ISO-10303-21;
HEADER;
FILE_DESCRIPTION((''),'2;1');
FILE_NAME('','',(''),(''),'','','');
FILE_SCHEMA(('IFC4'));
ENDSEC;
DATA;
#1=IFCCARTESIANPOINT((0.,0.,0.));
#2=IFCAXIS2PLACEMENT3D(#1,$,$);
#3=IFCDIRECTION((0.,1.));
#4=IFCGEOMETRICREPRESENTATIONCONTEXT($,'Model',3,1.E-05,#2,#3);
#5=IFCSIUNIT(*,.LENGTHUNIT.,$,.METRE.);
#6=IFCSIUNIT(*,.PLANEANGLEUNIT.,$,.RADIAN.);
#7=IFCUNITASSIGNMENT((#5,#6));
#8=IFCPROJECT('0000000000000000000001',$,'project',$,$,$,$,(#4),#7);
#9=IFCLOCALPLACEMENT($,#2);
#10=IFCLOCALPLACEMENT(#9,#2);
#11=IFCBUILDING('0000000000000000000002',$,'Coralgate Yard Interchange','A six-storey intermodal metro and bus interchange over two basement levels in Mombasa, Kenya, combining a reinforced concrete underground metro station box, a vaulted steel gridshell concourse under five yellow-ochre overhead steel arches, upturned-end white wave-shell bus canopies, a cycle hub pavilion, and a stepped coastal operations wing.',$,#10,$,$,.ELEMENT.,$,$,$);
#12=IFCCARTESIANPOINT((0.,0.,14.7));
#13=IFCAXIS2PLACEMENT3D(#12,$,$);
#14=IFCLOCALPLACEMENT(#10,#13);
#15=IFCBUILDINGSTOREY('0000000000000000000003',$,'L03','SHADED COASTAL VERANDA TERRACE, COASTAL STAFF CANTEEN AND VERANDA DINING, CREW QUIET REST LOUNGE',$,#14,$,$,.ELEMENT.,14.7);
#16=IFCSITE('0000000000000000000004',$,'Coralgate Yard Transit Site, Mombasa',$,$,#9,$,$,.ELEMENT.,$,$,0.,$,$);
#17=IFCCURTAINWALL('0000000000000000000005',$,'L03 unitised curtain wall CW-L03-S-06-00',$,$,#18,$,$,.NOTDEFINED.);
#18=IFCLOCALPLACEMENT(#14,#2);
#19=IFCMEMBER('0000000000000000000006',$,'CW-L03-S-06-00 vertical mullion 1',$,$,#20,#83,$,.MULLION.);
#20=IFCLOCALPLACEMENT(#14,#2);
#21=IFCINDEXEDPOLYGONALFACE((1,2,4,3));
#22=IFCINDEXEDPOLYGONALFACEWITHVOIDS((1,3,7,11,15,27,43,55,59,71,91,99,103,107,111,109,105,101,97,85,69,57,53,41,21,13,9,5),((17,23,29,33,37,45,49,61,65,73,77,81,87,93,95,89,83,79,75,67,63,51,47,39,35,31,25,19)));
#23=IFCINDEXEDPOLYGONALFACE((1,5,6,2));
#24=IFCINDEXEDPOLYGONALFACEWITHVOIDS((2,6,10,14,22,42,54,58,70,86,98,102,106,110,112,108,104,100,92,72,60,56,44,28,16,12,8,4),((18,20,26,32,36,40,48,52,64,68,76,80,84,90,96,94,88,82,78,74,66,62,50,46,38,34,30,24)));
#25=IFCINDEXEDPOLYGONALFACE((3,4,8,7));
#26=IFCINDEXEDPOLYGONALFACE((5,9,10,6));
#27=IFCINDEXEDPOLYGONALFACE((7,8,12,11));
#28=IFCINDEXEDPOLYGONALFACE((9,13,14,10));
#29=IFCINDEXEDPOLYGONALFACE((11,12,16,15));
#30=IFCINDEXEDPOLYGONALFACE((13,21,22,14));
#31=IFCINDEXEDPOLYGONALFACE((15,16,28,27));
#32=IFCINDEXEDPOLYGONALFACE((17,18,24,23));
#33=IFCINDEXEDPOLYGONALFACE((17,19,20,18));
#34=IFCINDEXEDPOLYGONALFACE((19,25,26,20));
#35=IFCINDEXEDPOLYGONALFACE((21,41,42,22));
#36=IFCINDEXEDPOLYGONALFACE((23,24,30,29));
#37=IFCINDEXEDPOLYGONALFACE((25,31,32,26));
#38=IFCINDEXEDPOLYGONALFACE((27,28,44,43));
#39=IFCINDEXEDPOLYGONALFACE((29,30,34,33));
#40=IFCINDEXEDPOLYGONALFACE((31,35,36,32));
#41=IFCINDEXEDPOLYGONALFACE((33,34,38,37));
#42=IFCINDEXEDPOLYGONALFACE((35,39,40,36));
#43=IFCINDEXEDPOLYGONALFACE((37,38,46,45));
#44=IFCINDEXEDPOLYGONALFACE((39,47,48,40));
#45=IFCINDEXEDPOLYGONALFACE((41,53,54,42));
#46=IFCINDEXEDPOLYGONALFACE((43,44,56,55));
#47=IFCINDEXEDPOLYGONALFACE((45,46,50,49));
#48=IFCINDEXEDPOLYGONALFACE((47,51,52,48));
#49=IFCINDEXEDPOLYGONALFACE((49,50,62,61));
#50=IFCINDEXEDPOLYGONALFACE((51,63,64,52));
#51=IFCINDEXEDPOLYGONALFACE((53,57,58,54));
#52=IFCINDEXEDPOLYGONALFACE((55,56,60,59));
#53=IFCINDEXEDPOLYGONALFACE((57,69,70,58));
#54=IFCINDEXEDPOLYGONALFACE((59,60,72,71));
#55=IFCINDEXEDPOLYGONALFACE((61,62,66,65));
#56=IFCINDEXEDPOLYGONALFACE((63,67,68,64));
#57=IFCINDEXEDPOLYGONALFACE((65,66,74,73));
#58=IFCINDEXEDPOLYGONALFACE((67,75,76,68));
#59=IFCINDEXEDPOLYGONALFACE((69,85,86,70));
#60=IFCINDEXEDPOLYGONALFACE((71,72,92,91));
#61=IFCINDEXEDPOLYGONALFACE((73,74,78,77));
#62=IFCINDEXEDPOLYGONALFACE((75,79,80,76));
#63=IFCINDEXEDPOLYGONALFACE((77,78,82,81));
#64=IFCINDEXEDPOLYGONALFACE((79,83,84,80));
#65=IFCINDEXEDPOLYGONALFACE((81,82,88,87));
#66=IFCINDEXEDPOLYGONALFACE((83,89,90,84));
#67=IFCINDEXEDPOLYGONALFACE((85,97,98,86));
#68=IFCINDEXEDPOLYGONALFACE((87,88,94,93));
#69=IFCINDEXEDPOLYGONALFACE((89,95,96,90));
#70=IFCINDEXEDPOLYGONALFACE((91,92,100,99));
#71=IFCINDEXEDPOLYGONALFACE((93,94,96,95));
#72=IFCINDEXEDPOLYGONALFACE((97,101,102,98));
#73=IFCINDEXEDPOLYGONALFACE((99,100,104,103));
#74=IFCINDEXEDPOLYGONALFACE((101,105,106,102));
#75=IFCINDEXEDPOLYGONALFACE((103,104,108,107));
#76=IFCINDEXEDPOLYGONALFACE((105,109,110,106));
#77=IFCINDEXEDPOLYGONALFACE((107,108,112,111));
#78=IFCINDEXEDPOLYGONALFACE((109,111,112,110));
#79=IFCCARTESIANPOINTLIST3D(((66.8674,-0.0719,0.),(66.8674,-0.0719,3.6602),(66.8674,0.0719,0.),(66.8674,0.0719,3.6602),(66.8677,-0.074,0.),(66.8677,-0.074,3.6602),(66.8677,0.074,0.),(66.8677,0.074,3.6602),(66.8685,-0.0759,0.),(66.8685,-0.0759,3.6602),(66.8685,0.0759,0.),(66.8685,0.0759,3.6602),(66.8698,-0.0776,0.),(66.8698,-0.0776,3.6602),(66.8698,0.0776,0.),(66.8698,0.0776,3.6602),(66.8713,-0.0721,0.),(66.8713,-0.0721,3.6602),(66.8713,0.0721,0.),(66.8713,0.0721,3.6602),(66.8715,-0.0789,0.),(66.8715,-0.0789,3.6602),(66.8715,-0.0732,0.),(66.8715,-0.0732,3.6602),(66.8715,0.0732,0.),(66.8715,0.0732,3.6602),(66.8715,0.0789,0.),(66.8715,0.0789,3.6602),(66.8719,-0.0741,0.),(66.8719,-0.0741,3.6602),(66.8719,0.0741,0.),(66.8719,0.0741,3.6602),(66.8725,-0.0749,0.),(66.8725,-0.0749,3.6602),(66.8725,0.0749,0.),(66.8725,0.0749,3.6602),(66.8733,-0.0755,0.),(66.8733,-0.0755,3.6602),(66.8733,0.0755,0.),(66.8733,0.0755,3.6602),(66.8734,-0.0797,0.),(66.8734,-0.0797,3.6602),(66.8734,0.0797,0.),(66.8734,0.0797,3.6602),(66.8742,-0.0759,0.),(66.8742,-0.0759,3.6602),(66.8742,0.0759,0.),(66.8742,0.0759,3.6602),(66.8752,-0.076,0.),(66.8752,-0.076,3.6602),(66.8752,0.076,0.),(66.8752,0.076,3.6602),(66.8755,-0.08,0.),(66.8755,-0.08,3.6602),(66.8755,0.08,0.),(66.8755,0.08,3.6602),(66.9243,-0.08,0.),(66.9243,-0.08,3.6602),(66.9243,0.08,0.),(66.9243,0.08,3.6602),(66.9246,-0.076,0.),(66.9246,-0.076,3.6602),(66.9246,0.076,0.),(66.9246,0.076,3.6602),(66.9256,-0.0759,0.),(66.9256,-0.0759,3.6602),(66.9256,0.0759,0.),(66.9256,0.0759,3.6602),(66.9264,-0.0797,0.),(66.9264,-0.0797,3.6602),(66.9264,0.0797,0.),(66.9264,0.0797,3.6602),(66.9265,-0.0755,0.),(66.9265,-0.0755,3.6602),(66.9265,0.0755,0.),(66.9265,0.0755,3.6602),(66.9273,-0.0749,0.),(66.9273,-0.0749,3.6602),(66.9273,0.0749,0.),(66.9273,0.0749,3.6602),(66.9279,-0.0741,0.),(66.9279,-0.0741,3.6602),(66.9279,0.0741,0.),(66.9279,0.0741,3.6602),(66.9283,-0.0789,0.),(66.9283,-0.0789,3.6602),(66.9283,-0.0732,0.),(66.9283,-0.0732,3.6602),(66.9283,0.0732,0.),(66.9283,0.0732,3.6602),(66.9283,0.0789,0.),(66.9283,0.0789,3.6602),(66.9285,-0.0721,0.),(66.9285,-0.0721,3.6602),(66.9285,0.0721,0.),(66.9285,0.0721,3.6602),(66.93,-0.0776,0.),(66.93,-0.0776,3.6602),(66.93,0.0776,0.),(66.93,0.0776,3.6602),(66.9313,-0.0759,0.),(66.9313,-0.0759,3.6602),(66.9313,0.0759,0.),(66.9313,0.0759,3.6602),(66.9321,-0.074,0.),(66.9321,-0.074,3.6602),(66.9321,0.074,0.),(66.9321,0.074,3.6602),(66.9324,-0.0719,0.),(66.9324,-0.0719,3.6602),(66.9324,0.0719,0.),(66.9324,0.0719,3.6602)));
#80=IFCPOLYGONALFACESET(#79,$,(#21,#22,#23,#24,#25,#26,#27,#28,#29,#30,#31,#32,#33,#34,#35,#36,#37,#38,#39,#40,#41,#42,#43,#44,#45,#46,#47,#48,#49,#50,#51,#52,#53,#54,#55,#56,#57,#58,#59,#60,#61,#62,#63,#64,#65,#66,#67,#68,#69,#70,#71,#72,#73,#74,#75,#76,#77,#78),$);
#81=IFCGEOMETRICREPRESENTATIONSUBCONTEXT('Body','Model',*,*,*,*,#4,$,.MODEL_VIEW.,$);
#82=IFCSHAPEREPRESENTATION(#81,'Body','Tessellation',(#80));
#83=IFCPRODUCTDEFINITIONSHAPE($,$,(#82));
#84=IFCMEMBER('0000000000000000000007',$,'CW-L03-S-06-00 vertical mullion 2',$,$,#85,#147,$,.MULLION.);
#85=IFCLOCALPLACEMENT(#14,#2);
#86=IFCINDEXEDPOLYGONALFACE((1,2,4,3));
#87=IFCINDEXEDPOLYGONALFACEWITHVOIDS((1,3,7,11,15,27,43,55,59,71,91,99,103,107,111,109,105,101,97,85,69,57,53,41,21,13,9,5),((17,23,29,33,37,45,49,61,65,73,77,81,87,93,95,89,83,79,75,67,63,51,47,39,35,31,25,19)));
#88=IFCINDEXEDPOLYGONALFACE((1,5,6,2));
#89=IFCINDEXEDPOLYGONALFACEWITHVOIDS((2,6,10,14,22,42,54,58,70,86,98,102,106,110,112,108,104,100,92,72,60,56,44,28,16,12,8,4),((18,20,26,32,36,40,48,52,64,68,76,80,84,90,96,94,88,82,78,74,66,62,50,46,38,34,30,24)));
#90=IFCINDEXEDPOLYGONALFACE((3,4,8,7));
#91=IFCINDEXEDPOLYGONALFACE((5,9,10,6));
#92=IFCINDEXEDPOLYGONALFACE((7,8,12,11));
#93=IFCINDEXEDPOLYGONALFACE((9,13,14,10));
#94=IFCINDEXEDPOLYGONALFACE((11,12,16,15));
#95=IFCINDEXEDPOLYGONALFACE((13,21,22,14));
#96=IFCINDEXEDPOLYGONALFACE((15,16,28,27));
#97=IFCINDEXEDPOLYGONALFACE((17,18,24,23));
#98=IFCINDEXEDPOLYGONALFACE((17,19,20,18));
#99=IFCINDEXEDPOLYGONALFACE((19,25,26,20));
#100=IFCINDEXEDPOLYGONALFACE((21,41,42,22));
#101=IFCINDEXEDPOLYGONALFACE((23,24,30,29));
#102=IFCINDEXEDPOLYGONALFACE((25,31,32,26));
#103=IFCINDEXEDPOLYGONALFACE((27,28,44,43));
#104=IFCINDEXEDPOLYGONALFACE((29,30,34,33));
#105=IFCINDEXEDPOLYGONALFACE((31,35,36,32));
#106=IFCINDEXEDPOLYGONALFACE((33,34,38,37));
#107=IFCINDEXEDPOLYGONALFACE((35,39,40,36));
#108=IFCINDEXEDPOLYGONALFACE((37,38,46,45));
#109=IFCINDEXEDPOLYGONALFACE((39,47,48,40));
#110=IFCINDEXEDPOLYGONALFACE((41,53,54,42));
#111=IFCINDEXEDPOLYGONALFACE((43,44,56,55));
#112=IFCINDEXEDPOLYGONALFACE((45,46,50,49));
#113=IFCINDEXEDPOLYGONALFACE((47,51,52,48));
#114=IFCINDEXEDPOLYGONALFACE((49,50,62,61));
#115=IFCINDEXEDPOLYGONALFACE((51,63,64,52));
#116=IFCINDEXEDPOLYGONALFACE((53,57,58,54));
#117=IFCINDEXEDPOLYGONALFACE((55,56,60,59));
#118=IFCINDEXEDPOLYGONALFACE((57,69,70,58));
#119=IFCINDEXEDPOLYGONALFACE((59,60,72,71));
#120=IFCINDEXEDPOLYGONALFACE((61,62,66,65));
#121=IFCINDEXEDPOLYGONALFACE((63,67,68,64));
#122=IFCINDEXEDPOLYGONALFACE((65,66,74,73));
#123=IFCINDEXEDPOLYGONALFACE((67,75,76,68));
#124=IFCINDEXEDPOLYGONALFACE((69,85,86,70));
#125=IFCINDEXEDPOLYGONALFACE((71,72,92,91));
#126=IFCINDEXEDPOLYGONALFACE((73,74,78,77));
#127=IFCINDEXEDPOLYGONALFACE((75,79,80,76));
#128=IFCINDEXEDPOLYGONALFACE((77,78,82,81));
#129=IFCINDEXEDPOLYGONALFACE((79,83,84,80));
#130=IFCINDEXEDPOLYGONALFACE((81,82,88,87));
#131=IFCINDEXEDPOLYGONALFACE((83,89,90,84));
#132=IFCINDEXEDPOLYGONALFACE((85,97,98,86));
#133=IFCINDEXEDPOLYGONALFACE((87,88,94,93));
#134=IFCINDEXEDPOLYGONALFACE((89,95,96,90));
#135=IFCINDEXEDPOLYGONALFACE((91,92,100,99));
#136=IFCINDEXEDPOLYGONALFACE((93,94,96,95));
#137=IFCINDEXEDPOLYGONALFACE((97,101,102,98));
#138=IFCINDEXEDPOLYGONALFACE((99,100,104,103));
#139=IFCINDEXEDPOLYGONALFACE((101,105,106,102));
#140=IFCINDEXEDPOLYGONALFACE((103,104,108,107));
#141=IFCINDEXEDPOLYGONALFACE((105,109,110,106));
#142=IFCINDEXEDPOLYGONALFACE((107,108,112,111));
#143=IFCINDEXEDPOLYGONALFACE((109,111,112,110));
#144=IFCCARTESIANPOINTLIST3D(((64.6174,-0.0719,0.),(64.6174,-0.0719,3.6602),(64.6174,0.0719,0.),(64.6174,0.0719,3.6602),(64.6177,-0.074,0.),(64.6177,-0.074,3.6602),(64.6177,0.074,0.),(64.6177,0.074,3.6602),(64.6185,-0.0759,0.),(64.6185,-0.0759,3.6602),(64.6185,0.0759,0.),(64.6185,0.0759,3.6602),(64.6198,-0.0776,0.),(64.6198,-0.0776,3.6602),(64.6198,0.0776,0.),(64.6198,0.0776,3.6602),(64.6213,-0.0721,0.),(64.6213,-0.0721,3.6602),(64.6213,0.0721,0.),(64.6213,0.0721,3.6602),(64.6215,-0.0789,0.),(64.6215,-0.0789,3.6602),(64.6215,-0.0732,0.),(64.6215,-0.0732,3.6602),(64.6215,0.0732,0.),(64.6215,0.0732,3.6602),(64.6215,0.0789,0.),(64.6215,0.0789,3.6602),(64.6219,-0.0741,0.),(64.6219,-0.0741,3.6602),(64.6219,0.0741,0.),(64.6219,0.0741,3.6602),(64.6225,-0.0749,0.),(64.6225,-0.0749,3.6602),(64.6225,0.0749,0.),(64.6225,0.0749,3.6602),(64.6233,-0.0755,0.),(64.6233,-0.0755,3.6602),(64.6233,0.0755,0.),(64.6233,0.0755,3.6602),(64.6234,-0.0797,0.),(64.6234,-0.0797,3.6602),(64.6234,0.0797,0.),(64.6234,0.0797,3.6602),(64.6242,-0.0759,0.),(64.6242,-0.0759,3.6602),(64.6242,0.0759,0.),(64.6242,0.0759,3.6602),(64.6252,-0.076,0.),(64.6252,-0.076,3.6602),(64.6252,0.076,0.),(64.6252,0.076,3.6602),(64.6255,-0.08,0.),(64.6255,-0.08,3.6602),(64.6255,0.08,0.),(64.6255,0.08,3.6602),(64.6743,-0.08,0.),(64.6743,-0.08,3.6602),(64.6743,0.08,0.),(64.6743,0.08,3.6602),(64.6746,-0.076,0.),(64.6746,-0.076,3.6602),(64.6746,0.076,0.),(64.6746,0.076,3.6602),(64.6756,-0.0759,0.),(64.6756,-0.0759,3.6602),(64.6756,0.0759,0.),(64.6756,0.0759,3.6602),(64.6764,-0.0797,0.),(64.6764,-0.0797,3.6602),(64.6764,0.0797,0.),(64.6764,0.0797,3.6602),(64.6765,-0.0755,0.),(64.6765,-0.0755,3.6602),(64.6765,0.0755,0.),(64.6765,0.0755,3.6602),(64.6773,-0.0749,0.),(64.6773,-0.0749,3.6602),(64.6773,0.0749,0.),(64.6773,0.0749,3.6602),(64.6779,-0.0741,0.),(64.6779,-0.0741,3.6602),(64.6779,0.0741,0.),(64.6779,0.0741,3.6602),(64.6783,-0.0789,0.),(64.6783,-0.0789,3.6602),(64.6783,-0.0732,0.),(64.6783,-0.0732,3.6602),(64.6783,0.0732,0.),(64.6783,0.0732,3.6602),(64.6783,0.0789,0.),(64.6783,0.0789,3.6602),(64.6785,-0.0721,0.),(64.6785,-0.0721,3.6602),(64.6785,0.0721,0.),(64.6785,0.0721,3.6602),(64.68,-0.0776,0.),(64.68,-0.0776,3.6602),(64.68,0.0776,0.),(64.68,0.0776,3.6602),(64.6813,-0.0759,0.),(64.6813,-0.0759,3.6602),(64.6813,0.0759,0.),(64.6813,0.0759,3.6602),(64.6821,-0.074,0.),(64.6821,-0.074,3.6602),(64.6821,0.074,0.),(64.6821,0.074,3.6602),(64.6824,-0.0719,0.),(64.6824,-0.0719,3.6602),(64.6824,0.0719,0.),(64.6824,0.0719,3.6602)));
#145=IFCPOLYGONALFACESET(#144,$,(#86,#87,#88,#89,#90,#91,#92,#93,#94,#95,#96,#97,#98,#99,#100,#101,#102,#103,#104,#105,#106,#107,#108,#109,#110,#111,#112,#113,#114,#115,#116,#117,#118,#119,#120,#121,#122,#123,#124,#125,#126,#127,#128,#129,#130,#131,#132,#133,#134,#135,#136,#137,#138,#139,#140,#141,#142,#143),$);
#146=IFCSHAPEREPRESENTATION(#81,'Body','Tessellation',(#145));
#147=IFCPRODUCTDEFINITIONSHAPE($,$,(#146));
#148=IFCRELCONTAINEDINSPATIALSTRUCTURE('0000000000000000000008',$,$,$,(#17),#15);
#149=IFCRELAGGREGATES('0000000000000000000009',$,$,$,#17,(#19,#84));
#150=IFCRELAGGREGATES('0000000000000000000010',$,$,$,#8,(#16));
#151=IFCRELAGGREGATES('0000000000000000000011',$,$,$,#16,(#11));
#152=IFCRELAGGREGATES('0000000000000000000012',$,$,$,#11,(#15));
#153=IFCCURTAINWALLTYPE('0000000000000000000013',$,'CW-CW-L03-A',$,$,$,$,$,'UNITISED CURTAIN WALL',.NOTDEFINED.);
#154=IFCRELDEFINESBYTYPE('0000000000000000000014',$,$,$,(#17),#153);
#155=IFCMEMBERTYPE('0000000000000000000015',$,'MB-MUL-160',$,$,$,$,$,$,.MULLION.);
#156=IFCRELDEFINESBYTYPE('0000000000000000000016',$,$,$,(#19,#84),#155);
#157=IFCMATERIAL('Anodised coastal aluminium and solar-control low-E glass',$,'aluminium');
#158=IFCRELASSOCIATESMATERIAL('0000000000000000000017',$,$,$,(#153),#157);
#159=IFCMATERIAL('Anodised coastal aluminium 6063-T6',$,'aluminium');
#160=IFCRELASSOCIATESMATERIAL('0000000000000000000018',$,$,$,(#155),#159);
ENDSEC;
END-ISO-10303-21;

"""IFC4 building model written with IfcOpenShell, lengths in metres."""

from ifc_helpers import new_model, si_unit, direction, frame, origin, origin_2d, place, context, subcontext, project, spatial, hollow_rectangle, extrude, material, material_profile, profile_set, type_object, element, aggregate, save


model = new_model("IFC4")

# Units and contexts
model_context = context("Model", 3, precision=1e-05, world=origin(), true_north=direction((0.0, 1.0)))
body_context = subcontext(model_context, "Body", "Model", "MODEL_VIEW")
ifc_project = project(units=[si_unit("LENGTHUNIT", "METRE"), si_unit("PLANEANGLEUNIT", "RADIAN")], contexts=[model_context])

# Site, building, storey
site_placement = place(None, origin())
site = spatial("IfcSite", under=ifc_project, at=site_placement, Name="Coralgate Yard Transit Site, Mombasa", CompositionType="ELEMENT", RefElevation=0.0)
building_placement = place(site_placement, origin())
building = spatial("IfcBuilding", under=site, at=building_placement, Name="Coralgate Yard Interchange", Description="A six-storey intermodal metro and bus interchange over two basement levels in Mombasa, Kenya, combining a reinforced concrete underground metro station box, a vaulted steel gridshell concourse under five yellow-ochre overhead steel arches, upturned-end white wave-shell bus canopies, a cycle hub pavilion, and a stepped coastal operations wing.", CompositionType="ELEMENT")
storey_placement = place(building_placement, frame((0.0, 0.0, 14.7)))
storey = spatial("IfcBuildingStorey", under=building, at=storey_placement, Name="L03", Description="SHADED COASTAL VERANDA TERRACE, COASTAL STAFF CANTEEN AND VERANDA DINING, CREW QUIET REST LOUNGE", CompositionType="ELEMENT", Elevation=14.7)

# Curtain wall, members
ifc_material_1 = material(Name="Anodised coastal aluminium and solar-control low-E glass", Category="aluminium")
curtain_wall_type = type_object("IfcCurtainWallType", Name="CW-CW-L03-A", ElementType="UNITISED CURTAIN WALL", PredefinedType="NOTDEFINED", material=ifc_material_1)
curtain_wall_placement = place(storey_placement, origin())
curtain_wall = element("IfcCurtainWall", 1, at=curtain_wall_placement, inside=storey, type_object=curtain_wall_type, Name="L03 unitised curtain wall CW-L03-S-06-00", PredefinedType="NOTDEFINED")
ifc_material_2 = material(Name="Anodised coastal aluminium 6063-T6", Category="aluminium")
ifc_material_profile_1 = material_profile(ifc_material_2, hollow_rectangle(XDim=0.0649, YDim=0.1599, WallThickness=0.0039, InnerFilletRadius=0.0039, OuterFilletRadius=0.0081, at=origin_2d()), Name="ALU 65x160x4")
ifc_profile_set_1 = profile_set([ifc_material_profile_1], Name="Anodised coastal aluminium 6063-T6")
member_type_1 = type_object("IfcMemberType", Name="MB-MUL-160", PredefinedType="MULLION", material=ifc_profile_set_1)
member_1_placement = place(storey_placement, frame((66.8999, 0.0, 0.0), z_axis=(0.0, 0.0, 1.0), x_axis=(1.0, 0.0, 0.0)))
member_1 = element("IfcMember", 2, at=member_1_placement, type_object=member_type_1, Name="CW-L03-S-06-00 vertical mullion 1", PredefinedType="MULLION", context=body_context, shape_type="SweptSolid", body=[
    extrude(hollow_rectangle(XDim=0.0649, YDim=0.1599, WallThickness=0.0039, InnerFilletRadius=0.0039, OuterFilletRadius=0.0081, at=origin_2d()), origin(), (0.0, 0.0, 1.0), 3.6602),
])
member_2_placement = place(storey_placement, frame((64.6499, 0.0, 0.0), z_axis=(0.0, 0.0, 1.0), x_axis=(1.0, 0.0, 0.0)))
member_2 = element("IfcMember", 3, at=member_2_placement, type_object=member_type_1, Name="CW-L03-S-06-00 vertical mullion 2", PredefinedType="MULLION", context=body_context, shape_type="SweptSolid", body=[
    extrude(hollow_rectangle(XDim=0.0649, YDim=0.1599, WallThickness=0.0039, InnerFilletRadius=0.0039, OuterFilletRadius=0.0081, at=origin_2d()), origin(), (0.0, 0.0, 1.0), 3.6602),
])
aggregate(curtain_wall, [member_1, member_2])

save(model, "model.ifc")
